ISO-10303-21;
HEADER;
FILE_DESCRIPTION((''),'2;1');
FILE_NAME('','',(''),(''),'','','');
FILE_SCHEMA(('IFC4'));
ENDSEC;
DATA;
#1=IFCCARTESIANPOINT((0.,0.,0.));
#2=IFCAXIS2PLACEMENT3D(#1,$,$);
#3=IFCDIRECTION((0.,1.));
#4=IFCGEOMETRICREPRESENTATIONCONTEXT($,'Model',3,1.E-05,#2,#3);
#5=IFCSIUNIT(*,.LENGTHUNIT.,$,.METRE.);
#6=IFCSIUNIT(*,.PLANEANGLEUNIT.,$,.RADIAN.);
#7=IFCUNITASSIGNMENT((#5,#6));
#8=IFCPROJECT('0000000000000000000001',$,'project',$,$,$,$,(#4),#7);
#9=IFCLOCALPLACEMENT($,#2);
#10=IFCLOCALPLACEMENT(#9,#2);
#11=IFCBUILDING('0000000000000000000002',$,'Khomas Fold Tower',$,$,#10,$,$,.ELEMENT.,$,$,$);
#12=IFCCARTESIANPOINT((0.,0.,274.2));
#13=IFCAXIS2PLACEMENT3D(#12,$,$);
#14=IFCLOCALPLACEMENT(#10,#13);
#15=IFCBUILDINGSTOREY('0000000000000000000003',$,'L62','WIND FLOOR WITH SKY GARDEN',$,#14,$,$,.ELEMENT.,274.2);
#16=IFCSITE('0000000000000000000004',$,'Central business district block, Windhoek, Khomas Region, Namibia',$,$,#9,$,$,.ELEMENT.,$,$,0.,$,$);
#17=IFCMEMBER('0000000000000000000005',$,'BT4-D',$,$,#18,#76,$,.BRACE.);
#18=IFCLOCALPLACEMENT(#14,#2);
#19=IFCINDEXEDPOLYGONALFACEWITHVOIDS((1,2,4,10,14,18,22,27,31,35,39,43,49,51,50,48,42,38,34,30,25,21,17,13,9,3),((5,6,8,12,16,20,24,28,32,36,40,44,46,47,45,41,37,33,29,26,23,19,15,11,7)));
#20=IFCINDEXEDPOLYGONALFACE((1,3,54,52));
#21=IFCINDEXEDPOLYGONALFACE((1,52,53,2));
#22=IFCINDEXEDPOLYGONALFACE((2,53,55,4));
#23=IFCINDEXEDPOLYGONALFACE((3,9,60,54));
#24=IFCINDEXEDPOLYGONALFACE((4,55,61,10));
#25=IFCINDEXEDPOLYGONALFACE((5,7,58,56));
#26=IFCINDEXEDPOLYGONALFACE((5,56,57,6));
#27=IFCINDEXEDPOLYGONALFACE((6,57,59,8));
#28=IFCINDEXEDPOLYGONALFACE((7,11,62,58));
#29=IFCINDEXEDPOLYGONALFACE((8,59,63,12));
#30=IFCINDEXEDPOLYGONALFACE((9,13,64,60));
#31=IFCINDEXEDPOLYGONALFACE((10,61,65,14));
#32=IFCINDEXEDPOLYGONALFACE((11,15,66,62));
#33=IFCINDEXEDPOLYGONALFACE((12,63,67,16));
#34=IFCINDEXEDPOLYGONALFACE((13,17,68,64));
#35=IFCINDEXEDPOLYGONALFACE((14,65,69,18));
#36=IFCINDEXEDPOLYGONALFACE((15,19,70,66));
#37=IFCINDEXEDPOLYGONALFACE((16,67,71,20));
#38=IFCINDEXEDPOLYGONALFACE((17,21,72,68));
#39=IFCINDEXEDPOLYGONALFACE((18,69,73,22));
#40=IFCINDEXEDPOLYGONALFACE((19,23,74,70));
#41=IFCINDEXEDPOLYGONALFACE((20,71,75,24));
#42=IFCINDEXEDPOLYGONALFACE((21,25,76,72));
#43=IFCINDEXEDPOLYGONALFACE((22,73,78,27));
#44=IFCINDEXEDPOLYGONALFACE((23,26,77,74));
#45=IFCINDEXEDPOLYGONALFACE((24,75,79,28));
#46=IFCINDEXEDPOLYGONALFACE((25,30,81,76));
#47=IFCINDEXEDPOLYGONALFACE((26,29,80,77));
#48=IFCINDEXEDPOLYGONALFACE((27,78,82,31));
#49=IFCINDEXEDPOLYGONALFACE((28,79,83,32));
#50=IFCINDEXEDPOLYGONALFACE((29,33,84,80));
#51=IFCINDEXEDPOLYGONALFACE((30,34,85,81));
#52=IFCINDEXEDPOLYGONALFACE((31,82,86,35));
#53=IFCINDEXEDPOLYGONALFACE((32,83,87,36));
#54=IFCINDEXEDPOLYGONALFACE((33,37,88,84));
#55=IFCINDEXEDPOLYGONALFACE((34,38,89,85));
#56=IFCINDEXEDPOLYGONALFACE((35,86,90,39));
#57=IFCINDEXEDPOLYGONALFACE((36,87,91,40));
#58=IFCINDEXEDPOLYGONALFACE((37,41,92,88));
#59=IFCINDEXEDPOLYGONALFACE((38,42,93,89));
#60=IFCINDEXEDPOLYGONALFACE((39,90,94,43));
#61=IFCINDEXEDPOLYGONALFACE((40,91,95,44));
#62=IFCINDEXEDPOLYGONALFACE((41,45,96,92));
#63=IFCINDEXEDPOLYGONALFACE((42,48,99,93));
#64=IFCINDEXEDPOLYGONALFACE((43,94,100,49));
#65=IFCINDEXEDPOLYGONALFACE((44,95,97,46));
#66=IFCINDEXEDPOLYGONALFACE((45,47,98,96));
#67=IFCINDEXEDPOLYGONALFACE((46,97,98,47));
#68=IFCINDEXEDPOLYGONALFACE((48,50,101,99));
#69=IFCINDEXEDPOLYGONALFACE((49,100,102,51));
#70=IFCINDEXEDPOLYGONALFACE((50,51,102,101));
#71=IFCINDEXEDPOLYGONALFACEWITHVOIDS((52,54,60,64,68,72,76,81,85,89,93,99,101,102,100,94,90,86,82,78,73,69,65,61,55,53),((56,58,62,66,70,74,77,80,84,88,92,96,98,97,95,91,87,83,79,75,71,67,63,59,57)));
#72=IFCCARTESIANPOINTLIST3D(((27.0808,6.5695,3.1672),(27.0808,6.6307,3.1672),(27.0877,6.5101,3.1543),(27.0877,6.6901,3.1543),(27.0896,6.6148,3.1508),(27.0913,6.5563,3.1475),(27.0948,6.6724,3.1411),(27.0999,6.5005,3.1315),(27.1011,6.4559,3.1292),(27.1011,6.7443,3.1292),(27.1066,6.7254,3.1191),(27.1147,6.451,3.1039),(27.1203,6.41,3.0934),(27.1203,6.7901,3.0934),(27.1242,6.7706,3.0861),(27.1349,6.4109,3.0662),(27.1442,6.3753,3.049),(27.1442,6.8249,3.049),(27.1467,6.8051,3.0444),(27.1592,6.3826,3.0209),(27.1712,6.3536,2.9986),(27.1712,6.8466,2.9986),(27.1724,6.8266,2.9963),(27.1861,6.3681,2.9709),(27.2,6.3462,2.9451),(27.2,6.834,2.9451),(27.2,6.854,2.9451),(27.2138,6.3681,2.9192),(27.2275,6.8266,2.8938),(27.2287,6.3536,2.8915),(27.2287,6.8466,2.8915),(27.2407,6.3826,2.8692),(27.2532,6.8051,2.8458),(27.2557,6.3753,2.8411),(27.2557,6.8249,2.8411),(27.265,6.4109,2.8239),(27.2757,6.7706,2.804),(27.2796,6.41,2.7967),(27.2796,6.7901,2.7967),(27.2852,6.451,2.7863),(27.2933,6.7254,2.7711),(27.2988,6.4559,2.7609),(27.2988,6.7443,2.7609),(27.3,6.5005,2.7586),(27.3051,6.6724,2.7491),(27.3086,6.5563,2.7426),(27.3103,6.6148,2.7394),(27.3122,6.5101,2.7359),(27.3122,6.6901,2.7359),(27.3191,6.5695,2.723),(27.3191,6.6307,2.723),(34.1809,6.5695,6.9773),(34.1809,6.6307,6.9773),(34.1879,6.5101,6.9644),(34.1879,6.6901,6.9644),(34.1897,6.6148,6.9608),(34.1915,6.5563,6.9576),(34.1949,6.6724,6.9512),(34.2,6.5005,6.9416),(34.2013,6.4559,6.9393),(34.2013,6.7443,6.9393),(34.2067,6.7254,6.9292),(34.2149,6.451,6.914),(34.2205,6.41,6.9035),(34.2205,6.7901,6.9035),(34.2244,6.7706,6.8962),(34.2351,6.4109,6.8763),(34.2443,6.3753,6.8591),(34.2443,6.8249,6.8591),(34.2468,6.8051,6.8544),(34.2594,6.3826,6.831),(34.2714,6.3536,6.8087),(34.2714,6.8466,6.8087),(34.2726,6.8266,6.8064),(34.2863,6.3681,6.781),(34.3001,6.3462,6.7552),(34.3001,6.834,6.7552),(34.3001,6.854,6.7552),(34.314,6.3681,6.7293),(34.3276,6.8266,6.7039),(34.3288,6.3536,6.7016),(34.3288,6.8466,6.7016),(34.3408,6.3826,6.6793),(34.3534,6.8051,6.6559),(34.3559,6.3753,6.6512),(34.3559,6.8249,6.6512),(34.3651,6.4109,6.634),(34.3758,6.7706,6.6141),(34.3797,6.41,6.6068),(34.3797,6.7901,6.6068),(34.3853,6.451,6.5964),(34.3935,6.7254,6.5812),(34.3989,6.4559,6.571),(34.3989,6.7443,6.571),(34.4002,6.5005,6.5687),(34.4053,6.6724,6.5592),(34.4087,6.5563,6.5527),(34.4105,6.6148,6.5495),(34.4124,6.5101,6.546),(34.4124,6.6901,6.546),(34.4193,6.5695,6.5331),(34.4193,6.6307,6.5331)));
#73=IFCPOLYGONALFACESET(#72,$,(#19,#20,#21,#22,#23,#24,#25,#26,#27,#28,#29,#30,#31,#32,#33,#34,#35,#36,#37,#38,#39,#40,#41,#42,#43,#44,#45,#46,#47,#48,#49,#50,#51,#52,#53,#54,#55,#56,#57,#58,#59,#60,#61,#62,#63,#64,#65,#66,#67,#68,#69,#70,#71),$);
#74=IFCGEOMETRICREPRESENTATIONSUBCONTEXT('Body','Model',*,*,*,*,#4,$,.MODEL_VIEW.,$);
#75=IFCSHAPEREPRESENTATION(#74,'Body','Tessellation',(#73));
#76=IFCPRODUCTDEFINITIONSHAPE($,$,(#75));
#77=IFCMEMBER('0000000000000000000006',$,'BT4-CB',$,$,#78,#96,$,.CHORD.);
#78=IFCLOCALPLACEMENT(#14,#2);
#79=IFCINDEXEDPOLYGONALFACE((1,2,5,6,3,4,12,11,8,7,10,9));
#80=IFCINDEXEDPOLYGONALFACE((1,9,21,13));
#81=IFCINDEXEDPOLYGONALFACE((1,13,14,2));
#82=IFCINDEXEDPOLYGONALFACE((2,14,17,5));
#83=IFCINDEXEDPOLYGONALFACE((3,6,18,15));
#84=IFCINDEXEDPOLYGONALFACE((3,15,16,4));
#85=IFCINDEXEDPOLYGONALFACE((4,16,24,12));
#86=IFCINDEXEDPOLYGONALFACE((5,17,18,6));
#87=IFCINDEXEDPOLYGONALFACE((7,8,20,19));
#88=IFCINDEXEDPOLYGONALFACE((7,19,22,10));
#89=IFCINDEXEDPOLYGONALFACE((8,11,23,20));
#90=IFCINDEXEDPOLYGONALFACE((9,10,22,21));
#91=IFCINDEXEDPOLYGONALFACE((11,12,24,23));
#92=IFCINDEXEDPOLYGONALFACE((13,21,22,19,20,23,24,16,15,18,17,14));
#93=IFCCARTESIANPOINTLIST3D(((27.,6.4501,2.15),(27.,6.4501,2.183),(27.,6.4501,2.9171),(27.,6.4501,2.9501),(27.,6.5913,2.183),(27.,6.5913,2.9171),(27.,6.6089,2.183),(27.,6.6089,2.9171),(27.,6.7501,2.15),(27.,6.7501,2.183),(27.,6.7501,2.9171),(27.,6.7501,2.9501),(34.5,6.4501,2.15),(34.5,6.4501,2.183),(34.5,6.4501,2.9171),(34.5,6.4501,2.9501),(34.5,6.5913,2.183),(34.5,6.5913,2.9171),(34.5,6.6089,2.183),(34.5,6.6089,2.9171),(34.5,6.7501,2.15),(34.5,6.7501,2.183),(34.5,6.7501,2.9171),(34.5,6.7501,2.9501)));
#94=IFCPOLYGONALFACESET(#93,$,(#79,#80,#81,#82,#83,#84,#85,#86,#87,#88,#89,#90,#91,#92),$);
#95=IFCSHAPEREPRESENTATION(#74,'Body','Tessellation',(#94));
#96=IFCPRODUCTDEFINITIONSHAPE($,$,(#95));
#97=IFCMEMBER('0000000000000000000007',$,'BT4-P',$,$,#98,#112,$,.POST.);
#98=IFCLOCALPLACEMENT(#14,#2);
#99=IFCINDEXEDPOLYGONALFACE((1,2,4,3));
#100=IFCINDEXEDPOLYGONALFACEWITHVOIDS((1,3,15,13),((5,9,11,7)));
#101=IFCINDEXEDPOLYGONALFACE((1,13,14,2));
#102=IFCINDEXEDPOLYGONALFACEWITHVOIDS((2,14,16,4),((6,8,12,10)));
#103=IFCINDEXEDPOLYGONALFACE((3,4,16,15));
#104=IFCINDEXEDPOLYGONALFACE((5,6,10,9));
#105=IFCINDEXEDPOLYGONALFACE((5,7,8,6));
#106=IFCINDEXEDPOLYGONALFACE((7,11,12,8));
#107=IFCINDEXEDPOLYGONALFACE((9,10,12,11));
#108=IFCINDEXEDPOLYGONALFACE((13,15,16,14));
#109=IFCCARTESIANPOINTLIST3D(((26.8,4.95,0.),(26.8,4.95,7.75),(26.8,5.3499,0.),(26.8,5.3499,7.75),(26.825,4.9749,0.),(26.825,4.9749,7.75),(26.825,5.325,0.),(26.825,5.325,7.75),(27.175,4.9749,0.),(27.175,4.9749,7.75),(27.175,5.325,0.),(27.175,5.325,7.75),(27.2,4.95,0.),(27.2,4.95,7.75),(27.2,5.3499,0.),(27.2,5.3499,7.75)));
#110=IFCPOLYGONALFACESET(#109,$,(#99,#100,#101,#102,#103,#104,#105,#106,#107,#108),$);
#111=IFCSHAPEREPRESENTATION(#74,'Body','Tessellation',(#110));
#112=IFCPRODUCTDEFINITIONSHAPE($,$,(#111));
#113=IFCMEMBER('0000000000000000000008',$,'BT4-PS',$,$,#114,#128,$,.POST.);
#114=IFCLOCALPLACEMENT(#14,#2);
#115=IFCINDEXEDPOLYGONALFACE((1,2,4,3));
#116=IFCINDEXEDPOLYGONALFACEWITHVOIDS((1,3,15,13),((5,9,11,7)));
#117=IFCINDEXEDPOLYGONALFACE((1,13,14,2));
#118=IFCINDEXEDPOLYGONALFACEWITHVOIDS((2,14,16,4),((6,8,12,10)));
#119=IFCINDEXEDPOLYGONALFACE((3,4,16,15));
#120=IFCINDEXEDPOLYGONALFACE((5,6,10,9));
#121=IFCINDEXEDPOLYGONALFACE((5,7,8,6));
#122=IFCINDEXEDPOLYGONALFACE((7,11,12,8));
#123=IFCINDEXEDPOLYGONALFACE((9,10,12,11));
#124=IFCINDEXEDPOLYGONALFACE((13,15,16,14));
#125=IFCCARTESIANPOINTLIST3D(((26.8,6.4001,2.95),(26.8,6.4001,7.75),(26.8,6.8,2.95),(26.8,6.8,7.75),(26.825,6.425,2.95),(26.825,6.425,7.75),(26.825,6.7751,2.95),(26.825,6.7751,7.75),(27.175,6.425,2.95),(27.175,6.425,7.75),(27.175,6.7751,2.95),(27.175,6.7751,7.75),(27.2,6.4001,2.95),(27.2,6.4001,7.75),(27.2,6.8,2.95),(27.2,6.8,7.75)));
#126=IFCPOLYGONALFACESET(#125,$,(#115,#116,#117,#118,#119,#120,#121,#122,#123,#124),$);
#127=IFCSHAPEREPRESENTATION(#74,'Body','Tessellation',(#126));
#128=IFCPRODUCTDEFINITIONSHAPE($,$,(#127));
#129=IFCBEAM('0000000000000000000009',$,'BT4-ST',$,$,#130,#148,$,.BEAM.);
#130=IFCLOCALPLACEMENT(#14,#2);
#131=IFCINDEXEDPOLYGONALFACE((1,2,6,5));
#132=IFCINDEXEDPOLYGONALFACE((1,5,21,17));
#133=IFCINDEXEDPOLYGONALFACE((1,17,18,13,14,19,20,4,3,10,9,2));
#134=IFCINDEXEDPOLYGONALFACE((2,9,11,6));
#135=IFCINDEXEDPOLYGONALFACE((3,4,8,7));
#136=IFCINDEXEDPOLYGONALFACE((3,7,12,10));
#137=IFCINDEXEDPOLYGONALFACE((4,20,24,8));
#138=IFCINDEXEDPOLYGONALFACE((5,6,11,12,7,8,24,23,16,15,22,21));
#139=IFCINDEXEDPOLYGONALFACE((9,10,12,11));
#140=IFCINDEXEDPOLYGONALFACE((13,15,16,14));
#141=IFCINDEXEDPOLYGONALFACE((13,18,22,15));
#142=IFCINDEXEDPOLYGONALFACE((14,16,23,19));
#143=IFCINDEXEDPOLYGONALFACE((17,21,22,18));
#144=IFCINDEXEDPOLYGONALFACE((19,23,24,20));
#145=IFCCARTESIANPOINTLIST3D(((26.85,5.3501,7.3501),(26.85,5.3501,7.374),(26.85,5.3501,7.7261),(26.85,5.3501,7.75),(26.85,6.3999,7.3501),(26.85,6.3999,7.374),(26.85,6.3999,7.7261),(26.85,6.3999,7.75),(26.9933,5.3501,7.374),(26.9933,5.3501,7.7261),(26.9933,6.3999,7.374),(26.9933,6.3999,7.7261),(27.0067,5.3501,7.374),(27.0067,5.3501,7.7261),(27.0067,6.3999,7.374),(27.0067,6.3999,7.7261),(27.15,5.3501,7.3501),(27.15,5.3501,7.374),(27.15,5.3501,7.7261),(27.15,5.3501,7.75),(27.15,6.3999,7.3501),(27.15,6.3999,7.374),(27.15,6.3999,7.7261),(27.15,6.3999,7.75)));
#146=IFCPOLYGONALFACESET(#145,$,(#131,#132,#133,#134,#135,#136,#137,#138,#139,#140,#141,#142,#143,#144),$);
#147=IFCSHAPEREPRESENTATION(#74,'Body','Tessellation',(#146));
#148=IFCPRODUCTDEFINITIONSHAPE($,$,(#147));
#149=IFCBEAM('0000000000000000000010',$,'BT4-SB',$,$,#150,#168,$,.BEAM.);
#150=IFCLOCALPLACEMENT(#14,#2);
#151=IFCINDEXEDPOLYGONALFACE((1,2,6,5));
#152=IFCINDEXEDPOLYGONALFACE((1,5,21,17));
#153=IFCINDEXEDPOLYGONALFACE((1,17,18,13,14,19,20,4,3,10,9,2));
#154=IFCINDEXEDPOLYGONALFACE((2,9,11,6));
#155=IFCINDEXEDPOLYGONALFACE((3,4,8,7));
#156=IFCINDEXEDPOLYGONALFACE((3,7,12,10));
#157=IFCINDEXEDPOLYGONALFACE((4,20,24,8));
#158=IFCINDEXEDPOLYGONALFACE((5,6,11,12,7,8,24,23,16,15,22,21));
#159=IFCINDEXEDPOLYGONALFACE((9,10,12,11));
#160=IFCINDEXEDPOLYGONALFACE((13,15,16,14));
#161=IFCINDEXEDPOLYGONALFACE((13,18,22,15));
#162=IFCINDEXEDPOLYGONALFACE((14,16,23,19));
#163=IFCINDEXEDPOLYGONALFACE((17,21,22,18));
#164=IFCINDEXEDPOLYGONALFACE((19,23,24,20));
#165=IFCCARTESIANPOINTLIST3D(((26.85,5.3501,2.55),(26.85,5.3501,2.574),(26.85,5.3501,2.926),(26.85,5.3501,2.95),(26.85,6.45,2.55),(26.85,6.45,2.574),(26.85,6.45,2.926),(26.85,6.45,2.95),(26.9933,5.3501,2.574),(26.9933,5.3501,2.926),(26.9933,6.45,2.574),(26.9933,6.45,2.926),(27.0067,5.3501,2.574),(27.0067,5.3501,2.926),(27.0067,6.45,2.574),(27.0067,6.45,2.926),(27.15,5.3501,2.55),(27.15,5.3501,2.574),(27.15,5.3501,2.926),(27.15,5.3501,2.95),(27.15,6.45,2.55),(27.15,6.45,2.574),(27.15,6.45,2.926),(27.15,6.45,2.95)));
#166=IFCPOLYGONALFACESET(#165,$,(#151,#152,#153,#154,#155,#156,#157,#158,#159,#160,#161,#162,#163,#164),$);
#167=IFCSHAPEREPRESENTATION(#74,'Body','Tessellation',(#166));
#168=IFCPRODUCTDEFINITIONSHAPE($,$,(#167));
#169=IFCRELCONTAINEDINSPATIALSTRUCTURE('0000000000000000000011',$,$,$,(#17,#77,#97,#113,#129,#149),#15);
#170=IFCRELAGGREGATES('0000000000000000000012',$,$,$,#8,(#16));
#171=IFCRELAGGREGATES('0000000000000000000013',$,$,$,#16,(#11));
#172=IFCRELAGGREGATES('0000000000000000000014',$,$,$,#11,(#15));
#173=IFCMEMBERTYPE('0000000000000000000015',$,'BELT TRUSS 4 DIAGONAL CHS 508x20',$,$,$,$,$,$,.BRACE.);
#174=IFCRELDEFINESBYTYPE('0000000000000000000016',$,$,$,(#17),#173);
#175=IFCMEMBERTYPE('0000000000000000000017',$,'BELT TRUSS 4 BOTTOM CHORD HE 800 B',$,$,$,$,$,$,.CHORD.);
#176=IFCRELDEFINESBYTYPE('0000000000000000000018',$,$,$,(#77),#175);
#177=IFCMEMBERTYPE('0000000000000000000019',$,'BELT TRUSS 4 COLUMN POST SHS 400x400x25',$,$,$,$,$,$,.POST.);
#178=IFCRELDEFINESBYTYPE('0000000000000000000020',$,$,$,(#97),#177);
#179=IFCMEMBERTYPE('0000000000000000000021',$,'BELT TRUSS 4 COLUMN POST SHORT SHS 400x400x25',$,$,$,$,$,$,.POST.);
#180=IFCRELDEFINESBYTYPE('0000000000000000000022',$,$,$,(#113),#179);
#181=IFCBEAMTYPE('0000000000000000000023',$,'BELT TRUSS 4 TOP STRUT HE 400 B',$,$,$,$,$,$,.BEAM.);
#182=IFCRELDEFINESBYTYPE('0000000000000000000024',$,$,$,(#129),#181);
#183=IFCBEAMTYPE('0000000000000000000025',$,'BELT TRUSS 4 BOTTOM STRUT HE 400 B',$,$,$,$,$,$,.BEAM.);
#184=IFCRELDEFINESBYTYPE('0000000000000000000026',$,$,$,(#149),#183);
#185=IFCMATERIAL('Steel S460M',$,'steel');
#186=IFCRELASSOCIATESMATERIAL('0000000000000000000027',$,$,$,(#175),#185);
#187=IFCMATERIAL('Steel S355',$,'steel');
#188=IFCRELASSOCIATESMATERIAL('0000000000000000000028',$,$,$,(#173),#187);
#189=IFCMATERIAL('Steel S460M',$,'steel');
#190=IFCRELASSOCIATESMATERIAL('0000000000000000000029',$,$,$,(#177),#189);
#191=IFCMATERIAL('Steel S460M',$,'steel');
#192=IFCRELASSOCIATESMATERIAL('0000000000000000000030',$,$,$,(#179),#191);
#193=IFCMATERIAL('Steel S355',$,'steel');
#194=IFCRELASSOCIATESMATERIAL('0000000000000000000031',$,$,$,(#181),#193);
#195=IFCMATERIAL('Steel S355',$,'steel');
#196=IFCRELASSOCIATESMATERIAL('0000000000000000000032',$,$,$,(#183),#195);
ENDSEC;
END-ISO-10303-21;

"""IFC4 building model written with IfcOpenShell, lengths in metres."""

from ifc_helpers import new_model, si_unit, direction, frame, origin, origin_2d, place, context, subcontext, project, spatial, hollow_rectangle, hollow_circle, i_section, extrude, source, transform, mapped, material, material_profile, profile_set, type_object, element, save


model = new_model("IFC4")

# Units and contexts
model_context = context("Model", 3, precision=1e-05, world=origin(), true_north=direction((0.0, 1.0)))
body_context = subcontext(model_context, "Body", "Model", "MODEL_VIEW")
ifc_project = project(units=[si_unit("LENGTHUNIT", "METRE"), si_unit("PLANEANGLEUNIT", "RADIAN")], contexts=[model_context])

# Site, building, storey
site_placement = place(None, origin())
site = spatial("IfcSite", under=ifc_project, at=site_placement, Name="Central business district block, Windhoek, Khomas Region, Namibia", CompositionType="ELEMENT", RefElevation=0.0)
building_placement = place(site_placement, origin())
building = spatial("IfcBuilding", under=site, at=building_placement, Name="Khomas Fold Tower", CompositionType="ELEMENT")
storey_placement = place(building_placement, frame((0.0, 0.0, 274.2)))
storey = spatial("IfcBuildingStorey", under=building, at=storey_placement, Name="L62", Description="WIND FLOOR WITH SKY GARDEN", CompositionType="ELEMENT", Elevation=274.2)

# Members
ifc_material_1 = material(Name="Steel S460M", Category="steel")
ifc_material_profile_1 = material_profile(ifc_material_1, i_section(OverallWidth=0.3, OverallDepth=0.8, WebThickness=0.0176, FlangeThickness=0.033, at=origin_2d()), Name="HE 800 B")
ifc_profile_set_1 = profile_set([ifc_material_profile_1], Name="Steel S460M")
member_type_1 = type_object("IfcMemberType", Name="BELT TRUSS 4 BOTTOM CHORD HE 800 B", PredefinedType="CHORD", material=ifc_profile_set_1)
ifc_material_2 = material(Name="Steel S355", Category="steel")
ifc_material_profile_2 = material_profile(ifc_material_2, hollow_circle(Radius=0.2539, WallThickness=0.02, at=origin_2d()), Name="CHS 508x20")
ifc_profile_set_2 = profile_set([ifc_material_profile_2], Name="Steel S355")
member_type_2 = type_object("IfcMemberType", Name="BELT TRUSS 4 DIAGONAL CHS 508x20", PredefinedType="BRACE", material=ifc_profile_set_2)
shared_shape_1 = source(origin(), body_context, "Body", "SweptSolid", [
    extrude(hollow_circle(Radius=0.2539, WallThickness=0.02, at=origin_2d()), origin(), (0.0, 0.0, 1.0), 8.0579),
])
for number, where, z_axis, x_axis, name in (
    (1, (27.2, 6.6001, 2.9451), (0.881147, 0.0, 0.472842), (0.0, 1.0, 0.0), "BT4-D"),
):
    element("IfcMember", number, at=place(storey_placement, frame(where, z_axis=z_axis, x_axis=x_axis)), inside=storey, type_object=member_type_2, Name=name, PredefinedType="BRACE", context=body_context, shape_type="MappedRepresentation", body=[
        mapped(shared_shape_1, transform((0.0, 0.0, 0.0))),
    ])
shared_shape_2 = source(origin(), body_context, "Body", "SweptSolid", [
    extrude(i_section(OverallWidth=0.3, OverallDepth=0.8, WebThickness=0.0176, FlangeThickness=0.033, at=origin_2d()), origin(), (0.0, 0.0, 1.0), 7.5),
])
member_1_placement = place(storey_placement, frame((27.0, 6.6001, 2.55), z_axis=(1.0, 0.0, 0.0), x_axis=(0.0, 1.0, 0.0)))
element("IfcMember", 2, at=member_1_placement, inside=storey, type_object=member_type_1, Name="BT4-CB", PredefinedType="CHORD", context=body_context, shape_type="MappedRepresentation", body=[
    mapped(shared_shape_2, transform((0.0, 0.0, 0.0))),
])
ifc_material_3 = material(Name="Steel S460M", Category="steel")
ifc_material_profile_3 = material_profile(ifc_material_3, hollow_rectangle(XDim=0.3999, YDim=0.3999, WallThickness=0.0249, at=origin_2d()), Name="SHS 400x400x25")
ifc_profile_set_3 = profile_set([ifc_material_profile_3], Name="Steel S460M")
member_type_3 = type_object("IfcMemberType", Name="BELT TRUSS 4 COLUMN POST SHS 400x400x25", PredefinedType="POST", material=ifc_profile_set_3)
shared_shape_3 = source(origin(), body_context, "Body", "SweptSolid", [
    extrude(hollow_rectangle(XDim=0.3999, YDim=0.3999, WallThickness=0.0249, at=origin_2d()), origin(), (0.0, 0.0, 1.0), 7.75),
])
member_2_placement = place(storey_placement, frame((27.0, 5.1499, 0.0), z_axis=(0.0, 0.0, 1.0), x_axis=(1.0, 0.0, 0.0)))
element("IfcMember", 3, at=member_2_placement, inside=storey, type_object=member_type_3, Name="BT4-P", PredefinedType="POST", context=body_context, shape_type="MappedRepresentation", body=[
    mapped(shared_shape_3, transform((0.0, 0.0, 0.0))),
])
ifc_material_4 = material(Name="Steel S460M", Category="steel")
ifc_material_profile_4 = material_profile(ifc_material_4, hollow_rectangle(XDim=0.3999, YDim=0.3999, WallThickness=0.0249, at=origin_2d()), Name="SHS 400x400x25")
ifc_profile_set_4 = profile_set([ifc_material_profile_4], Name="Steel S460M")
member_type_4 = type_object("IfcMemberType", Name="BELT TRUSS 4 COLUMN POST SHORT SHS 400x400x25", PredefinedType="POST", material=ifc_profile_set_4)
shared_shape_4 = source(origin(), body_context, "Body", "SweptSolid", [
    extrude(hollow_rectangle(XDim=0.3999, YDim=0.3999, WallThickness=0.0249, at=origin_2d()), origin(), (0.0, 0.0, 1.0), 4.8),
])
member_3_placement = place(storey_placement, frame((27.0, 6.6001, 2.95), z_axis=(0.0, 0.0, 1.0), x_axis=(1.0, 0.0, 0.0)))
element("IfcMember", 4, at=member_3_placement, inside=storey, type_object=member_type_4, Name="BT4-PS", PredefinedType="POST", context=body_context, shape_type="MappedRepresentation", body=[
    mapped(shared_shape_4, transform((0.0, 0.0, 0.0))),
])

# Beams
ifc_material_5 = material(Name="Steel S355", Category="steel")
ifc_material_profile_5 = material_profile(ifc_material_5, i_section(OverallWidth=0.3, OverallDepth=0.3999, WebThickness=0.0134, FlangeThickness=0.0239, at=origin_2d()), Name="HE 400 B")
ifc_profile_set_5 = profile_set([ifc_material_profile_5], Name="Steel S355")
beam_type_1 = type_object("IfcBeamType", Name="BELT TRUSS 4 TOP STRUT HE 400 B", PredefinedType="BEAM", material=ifc_profile_set_5)
shared_shape_5 = source(origin(), body_context, "Body", "SweptSolid", [
    extrude(i_section(OverallWidth=0.3, OverallDepth=0.3999, WebThickness=0.0134, FlangeThickness=0.0239, at=origin_2d()), origin(), (0.0, 0.0, 1.0), 1.0498),
])
beam_1_placement = place(storey_placement, frame((27.0, 6.3999, 7.55), z_axis=(0.0, -1.0, 0.0), x_axis=(1.0, 0.0, 0.0)))
element("IfcBeam", 5, at=beam_1_placement, inside=storey, type_object=beam_type_1, Name="BT4-ST", PredefinedType="BEAM", context=body_context, shape_type="MappedRepresentation", body=[
    mapped(shared_shape_5, transform((0.0, 0.0, 0.0))),
])
ifc_material_6 = material(Name="Steel S355", Category="steel")
ifc_material_profile_6 = material_profile(ifc_material_6, i_section(OverallWidth=0.3, OverallDepth=0.3999, WebThickness=0.0134, FlangeThickness=0.0239, at=origin_2d()), Name="HE 400 B")
ifc_profile_set_6 = profile_set([ifc_material_profile_6], Name="Steel S355")
beam_type_2 = type_object("IfcBeamType", Name="BELT TRUSS 4 BOTTOM STRUT HE 400 B", PredefinedType="BEAM", material=ifc_profile_set_6)
shared_shape_6 = source(origin(), body_context, "Body", "SweptSolid", [
    extrude(i_section(OverallWidth=0.3, OverallDepth=0.3999, WebThickness=0.0134, FlangeThickness=0.0239, at=origin_2d()), origin(), (0.0, 0.0, 1.0), 1.0999),
])
beam_2_placement = place(storey_placement, frame((27.0, 6.45, 2.75), z_axis=(0.0, -1.0, 0.0), x_axis=(1.0, 0.0, 0.0)))
element("IfcBeam", 6, at=beam_2_placement, inside=storey, type_object=beam_type_2, Name="BT4-SB", PredefinedType="BEAM", context=body_context, shape_type="MappedRepresentation", body=[
    mapped(shared_shape_6, transform((0.0, 0.0, 0.0))),
])

save(model, "model.ifc")
